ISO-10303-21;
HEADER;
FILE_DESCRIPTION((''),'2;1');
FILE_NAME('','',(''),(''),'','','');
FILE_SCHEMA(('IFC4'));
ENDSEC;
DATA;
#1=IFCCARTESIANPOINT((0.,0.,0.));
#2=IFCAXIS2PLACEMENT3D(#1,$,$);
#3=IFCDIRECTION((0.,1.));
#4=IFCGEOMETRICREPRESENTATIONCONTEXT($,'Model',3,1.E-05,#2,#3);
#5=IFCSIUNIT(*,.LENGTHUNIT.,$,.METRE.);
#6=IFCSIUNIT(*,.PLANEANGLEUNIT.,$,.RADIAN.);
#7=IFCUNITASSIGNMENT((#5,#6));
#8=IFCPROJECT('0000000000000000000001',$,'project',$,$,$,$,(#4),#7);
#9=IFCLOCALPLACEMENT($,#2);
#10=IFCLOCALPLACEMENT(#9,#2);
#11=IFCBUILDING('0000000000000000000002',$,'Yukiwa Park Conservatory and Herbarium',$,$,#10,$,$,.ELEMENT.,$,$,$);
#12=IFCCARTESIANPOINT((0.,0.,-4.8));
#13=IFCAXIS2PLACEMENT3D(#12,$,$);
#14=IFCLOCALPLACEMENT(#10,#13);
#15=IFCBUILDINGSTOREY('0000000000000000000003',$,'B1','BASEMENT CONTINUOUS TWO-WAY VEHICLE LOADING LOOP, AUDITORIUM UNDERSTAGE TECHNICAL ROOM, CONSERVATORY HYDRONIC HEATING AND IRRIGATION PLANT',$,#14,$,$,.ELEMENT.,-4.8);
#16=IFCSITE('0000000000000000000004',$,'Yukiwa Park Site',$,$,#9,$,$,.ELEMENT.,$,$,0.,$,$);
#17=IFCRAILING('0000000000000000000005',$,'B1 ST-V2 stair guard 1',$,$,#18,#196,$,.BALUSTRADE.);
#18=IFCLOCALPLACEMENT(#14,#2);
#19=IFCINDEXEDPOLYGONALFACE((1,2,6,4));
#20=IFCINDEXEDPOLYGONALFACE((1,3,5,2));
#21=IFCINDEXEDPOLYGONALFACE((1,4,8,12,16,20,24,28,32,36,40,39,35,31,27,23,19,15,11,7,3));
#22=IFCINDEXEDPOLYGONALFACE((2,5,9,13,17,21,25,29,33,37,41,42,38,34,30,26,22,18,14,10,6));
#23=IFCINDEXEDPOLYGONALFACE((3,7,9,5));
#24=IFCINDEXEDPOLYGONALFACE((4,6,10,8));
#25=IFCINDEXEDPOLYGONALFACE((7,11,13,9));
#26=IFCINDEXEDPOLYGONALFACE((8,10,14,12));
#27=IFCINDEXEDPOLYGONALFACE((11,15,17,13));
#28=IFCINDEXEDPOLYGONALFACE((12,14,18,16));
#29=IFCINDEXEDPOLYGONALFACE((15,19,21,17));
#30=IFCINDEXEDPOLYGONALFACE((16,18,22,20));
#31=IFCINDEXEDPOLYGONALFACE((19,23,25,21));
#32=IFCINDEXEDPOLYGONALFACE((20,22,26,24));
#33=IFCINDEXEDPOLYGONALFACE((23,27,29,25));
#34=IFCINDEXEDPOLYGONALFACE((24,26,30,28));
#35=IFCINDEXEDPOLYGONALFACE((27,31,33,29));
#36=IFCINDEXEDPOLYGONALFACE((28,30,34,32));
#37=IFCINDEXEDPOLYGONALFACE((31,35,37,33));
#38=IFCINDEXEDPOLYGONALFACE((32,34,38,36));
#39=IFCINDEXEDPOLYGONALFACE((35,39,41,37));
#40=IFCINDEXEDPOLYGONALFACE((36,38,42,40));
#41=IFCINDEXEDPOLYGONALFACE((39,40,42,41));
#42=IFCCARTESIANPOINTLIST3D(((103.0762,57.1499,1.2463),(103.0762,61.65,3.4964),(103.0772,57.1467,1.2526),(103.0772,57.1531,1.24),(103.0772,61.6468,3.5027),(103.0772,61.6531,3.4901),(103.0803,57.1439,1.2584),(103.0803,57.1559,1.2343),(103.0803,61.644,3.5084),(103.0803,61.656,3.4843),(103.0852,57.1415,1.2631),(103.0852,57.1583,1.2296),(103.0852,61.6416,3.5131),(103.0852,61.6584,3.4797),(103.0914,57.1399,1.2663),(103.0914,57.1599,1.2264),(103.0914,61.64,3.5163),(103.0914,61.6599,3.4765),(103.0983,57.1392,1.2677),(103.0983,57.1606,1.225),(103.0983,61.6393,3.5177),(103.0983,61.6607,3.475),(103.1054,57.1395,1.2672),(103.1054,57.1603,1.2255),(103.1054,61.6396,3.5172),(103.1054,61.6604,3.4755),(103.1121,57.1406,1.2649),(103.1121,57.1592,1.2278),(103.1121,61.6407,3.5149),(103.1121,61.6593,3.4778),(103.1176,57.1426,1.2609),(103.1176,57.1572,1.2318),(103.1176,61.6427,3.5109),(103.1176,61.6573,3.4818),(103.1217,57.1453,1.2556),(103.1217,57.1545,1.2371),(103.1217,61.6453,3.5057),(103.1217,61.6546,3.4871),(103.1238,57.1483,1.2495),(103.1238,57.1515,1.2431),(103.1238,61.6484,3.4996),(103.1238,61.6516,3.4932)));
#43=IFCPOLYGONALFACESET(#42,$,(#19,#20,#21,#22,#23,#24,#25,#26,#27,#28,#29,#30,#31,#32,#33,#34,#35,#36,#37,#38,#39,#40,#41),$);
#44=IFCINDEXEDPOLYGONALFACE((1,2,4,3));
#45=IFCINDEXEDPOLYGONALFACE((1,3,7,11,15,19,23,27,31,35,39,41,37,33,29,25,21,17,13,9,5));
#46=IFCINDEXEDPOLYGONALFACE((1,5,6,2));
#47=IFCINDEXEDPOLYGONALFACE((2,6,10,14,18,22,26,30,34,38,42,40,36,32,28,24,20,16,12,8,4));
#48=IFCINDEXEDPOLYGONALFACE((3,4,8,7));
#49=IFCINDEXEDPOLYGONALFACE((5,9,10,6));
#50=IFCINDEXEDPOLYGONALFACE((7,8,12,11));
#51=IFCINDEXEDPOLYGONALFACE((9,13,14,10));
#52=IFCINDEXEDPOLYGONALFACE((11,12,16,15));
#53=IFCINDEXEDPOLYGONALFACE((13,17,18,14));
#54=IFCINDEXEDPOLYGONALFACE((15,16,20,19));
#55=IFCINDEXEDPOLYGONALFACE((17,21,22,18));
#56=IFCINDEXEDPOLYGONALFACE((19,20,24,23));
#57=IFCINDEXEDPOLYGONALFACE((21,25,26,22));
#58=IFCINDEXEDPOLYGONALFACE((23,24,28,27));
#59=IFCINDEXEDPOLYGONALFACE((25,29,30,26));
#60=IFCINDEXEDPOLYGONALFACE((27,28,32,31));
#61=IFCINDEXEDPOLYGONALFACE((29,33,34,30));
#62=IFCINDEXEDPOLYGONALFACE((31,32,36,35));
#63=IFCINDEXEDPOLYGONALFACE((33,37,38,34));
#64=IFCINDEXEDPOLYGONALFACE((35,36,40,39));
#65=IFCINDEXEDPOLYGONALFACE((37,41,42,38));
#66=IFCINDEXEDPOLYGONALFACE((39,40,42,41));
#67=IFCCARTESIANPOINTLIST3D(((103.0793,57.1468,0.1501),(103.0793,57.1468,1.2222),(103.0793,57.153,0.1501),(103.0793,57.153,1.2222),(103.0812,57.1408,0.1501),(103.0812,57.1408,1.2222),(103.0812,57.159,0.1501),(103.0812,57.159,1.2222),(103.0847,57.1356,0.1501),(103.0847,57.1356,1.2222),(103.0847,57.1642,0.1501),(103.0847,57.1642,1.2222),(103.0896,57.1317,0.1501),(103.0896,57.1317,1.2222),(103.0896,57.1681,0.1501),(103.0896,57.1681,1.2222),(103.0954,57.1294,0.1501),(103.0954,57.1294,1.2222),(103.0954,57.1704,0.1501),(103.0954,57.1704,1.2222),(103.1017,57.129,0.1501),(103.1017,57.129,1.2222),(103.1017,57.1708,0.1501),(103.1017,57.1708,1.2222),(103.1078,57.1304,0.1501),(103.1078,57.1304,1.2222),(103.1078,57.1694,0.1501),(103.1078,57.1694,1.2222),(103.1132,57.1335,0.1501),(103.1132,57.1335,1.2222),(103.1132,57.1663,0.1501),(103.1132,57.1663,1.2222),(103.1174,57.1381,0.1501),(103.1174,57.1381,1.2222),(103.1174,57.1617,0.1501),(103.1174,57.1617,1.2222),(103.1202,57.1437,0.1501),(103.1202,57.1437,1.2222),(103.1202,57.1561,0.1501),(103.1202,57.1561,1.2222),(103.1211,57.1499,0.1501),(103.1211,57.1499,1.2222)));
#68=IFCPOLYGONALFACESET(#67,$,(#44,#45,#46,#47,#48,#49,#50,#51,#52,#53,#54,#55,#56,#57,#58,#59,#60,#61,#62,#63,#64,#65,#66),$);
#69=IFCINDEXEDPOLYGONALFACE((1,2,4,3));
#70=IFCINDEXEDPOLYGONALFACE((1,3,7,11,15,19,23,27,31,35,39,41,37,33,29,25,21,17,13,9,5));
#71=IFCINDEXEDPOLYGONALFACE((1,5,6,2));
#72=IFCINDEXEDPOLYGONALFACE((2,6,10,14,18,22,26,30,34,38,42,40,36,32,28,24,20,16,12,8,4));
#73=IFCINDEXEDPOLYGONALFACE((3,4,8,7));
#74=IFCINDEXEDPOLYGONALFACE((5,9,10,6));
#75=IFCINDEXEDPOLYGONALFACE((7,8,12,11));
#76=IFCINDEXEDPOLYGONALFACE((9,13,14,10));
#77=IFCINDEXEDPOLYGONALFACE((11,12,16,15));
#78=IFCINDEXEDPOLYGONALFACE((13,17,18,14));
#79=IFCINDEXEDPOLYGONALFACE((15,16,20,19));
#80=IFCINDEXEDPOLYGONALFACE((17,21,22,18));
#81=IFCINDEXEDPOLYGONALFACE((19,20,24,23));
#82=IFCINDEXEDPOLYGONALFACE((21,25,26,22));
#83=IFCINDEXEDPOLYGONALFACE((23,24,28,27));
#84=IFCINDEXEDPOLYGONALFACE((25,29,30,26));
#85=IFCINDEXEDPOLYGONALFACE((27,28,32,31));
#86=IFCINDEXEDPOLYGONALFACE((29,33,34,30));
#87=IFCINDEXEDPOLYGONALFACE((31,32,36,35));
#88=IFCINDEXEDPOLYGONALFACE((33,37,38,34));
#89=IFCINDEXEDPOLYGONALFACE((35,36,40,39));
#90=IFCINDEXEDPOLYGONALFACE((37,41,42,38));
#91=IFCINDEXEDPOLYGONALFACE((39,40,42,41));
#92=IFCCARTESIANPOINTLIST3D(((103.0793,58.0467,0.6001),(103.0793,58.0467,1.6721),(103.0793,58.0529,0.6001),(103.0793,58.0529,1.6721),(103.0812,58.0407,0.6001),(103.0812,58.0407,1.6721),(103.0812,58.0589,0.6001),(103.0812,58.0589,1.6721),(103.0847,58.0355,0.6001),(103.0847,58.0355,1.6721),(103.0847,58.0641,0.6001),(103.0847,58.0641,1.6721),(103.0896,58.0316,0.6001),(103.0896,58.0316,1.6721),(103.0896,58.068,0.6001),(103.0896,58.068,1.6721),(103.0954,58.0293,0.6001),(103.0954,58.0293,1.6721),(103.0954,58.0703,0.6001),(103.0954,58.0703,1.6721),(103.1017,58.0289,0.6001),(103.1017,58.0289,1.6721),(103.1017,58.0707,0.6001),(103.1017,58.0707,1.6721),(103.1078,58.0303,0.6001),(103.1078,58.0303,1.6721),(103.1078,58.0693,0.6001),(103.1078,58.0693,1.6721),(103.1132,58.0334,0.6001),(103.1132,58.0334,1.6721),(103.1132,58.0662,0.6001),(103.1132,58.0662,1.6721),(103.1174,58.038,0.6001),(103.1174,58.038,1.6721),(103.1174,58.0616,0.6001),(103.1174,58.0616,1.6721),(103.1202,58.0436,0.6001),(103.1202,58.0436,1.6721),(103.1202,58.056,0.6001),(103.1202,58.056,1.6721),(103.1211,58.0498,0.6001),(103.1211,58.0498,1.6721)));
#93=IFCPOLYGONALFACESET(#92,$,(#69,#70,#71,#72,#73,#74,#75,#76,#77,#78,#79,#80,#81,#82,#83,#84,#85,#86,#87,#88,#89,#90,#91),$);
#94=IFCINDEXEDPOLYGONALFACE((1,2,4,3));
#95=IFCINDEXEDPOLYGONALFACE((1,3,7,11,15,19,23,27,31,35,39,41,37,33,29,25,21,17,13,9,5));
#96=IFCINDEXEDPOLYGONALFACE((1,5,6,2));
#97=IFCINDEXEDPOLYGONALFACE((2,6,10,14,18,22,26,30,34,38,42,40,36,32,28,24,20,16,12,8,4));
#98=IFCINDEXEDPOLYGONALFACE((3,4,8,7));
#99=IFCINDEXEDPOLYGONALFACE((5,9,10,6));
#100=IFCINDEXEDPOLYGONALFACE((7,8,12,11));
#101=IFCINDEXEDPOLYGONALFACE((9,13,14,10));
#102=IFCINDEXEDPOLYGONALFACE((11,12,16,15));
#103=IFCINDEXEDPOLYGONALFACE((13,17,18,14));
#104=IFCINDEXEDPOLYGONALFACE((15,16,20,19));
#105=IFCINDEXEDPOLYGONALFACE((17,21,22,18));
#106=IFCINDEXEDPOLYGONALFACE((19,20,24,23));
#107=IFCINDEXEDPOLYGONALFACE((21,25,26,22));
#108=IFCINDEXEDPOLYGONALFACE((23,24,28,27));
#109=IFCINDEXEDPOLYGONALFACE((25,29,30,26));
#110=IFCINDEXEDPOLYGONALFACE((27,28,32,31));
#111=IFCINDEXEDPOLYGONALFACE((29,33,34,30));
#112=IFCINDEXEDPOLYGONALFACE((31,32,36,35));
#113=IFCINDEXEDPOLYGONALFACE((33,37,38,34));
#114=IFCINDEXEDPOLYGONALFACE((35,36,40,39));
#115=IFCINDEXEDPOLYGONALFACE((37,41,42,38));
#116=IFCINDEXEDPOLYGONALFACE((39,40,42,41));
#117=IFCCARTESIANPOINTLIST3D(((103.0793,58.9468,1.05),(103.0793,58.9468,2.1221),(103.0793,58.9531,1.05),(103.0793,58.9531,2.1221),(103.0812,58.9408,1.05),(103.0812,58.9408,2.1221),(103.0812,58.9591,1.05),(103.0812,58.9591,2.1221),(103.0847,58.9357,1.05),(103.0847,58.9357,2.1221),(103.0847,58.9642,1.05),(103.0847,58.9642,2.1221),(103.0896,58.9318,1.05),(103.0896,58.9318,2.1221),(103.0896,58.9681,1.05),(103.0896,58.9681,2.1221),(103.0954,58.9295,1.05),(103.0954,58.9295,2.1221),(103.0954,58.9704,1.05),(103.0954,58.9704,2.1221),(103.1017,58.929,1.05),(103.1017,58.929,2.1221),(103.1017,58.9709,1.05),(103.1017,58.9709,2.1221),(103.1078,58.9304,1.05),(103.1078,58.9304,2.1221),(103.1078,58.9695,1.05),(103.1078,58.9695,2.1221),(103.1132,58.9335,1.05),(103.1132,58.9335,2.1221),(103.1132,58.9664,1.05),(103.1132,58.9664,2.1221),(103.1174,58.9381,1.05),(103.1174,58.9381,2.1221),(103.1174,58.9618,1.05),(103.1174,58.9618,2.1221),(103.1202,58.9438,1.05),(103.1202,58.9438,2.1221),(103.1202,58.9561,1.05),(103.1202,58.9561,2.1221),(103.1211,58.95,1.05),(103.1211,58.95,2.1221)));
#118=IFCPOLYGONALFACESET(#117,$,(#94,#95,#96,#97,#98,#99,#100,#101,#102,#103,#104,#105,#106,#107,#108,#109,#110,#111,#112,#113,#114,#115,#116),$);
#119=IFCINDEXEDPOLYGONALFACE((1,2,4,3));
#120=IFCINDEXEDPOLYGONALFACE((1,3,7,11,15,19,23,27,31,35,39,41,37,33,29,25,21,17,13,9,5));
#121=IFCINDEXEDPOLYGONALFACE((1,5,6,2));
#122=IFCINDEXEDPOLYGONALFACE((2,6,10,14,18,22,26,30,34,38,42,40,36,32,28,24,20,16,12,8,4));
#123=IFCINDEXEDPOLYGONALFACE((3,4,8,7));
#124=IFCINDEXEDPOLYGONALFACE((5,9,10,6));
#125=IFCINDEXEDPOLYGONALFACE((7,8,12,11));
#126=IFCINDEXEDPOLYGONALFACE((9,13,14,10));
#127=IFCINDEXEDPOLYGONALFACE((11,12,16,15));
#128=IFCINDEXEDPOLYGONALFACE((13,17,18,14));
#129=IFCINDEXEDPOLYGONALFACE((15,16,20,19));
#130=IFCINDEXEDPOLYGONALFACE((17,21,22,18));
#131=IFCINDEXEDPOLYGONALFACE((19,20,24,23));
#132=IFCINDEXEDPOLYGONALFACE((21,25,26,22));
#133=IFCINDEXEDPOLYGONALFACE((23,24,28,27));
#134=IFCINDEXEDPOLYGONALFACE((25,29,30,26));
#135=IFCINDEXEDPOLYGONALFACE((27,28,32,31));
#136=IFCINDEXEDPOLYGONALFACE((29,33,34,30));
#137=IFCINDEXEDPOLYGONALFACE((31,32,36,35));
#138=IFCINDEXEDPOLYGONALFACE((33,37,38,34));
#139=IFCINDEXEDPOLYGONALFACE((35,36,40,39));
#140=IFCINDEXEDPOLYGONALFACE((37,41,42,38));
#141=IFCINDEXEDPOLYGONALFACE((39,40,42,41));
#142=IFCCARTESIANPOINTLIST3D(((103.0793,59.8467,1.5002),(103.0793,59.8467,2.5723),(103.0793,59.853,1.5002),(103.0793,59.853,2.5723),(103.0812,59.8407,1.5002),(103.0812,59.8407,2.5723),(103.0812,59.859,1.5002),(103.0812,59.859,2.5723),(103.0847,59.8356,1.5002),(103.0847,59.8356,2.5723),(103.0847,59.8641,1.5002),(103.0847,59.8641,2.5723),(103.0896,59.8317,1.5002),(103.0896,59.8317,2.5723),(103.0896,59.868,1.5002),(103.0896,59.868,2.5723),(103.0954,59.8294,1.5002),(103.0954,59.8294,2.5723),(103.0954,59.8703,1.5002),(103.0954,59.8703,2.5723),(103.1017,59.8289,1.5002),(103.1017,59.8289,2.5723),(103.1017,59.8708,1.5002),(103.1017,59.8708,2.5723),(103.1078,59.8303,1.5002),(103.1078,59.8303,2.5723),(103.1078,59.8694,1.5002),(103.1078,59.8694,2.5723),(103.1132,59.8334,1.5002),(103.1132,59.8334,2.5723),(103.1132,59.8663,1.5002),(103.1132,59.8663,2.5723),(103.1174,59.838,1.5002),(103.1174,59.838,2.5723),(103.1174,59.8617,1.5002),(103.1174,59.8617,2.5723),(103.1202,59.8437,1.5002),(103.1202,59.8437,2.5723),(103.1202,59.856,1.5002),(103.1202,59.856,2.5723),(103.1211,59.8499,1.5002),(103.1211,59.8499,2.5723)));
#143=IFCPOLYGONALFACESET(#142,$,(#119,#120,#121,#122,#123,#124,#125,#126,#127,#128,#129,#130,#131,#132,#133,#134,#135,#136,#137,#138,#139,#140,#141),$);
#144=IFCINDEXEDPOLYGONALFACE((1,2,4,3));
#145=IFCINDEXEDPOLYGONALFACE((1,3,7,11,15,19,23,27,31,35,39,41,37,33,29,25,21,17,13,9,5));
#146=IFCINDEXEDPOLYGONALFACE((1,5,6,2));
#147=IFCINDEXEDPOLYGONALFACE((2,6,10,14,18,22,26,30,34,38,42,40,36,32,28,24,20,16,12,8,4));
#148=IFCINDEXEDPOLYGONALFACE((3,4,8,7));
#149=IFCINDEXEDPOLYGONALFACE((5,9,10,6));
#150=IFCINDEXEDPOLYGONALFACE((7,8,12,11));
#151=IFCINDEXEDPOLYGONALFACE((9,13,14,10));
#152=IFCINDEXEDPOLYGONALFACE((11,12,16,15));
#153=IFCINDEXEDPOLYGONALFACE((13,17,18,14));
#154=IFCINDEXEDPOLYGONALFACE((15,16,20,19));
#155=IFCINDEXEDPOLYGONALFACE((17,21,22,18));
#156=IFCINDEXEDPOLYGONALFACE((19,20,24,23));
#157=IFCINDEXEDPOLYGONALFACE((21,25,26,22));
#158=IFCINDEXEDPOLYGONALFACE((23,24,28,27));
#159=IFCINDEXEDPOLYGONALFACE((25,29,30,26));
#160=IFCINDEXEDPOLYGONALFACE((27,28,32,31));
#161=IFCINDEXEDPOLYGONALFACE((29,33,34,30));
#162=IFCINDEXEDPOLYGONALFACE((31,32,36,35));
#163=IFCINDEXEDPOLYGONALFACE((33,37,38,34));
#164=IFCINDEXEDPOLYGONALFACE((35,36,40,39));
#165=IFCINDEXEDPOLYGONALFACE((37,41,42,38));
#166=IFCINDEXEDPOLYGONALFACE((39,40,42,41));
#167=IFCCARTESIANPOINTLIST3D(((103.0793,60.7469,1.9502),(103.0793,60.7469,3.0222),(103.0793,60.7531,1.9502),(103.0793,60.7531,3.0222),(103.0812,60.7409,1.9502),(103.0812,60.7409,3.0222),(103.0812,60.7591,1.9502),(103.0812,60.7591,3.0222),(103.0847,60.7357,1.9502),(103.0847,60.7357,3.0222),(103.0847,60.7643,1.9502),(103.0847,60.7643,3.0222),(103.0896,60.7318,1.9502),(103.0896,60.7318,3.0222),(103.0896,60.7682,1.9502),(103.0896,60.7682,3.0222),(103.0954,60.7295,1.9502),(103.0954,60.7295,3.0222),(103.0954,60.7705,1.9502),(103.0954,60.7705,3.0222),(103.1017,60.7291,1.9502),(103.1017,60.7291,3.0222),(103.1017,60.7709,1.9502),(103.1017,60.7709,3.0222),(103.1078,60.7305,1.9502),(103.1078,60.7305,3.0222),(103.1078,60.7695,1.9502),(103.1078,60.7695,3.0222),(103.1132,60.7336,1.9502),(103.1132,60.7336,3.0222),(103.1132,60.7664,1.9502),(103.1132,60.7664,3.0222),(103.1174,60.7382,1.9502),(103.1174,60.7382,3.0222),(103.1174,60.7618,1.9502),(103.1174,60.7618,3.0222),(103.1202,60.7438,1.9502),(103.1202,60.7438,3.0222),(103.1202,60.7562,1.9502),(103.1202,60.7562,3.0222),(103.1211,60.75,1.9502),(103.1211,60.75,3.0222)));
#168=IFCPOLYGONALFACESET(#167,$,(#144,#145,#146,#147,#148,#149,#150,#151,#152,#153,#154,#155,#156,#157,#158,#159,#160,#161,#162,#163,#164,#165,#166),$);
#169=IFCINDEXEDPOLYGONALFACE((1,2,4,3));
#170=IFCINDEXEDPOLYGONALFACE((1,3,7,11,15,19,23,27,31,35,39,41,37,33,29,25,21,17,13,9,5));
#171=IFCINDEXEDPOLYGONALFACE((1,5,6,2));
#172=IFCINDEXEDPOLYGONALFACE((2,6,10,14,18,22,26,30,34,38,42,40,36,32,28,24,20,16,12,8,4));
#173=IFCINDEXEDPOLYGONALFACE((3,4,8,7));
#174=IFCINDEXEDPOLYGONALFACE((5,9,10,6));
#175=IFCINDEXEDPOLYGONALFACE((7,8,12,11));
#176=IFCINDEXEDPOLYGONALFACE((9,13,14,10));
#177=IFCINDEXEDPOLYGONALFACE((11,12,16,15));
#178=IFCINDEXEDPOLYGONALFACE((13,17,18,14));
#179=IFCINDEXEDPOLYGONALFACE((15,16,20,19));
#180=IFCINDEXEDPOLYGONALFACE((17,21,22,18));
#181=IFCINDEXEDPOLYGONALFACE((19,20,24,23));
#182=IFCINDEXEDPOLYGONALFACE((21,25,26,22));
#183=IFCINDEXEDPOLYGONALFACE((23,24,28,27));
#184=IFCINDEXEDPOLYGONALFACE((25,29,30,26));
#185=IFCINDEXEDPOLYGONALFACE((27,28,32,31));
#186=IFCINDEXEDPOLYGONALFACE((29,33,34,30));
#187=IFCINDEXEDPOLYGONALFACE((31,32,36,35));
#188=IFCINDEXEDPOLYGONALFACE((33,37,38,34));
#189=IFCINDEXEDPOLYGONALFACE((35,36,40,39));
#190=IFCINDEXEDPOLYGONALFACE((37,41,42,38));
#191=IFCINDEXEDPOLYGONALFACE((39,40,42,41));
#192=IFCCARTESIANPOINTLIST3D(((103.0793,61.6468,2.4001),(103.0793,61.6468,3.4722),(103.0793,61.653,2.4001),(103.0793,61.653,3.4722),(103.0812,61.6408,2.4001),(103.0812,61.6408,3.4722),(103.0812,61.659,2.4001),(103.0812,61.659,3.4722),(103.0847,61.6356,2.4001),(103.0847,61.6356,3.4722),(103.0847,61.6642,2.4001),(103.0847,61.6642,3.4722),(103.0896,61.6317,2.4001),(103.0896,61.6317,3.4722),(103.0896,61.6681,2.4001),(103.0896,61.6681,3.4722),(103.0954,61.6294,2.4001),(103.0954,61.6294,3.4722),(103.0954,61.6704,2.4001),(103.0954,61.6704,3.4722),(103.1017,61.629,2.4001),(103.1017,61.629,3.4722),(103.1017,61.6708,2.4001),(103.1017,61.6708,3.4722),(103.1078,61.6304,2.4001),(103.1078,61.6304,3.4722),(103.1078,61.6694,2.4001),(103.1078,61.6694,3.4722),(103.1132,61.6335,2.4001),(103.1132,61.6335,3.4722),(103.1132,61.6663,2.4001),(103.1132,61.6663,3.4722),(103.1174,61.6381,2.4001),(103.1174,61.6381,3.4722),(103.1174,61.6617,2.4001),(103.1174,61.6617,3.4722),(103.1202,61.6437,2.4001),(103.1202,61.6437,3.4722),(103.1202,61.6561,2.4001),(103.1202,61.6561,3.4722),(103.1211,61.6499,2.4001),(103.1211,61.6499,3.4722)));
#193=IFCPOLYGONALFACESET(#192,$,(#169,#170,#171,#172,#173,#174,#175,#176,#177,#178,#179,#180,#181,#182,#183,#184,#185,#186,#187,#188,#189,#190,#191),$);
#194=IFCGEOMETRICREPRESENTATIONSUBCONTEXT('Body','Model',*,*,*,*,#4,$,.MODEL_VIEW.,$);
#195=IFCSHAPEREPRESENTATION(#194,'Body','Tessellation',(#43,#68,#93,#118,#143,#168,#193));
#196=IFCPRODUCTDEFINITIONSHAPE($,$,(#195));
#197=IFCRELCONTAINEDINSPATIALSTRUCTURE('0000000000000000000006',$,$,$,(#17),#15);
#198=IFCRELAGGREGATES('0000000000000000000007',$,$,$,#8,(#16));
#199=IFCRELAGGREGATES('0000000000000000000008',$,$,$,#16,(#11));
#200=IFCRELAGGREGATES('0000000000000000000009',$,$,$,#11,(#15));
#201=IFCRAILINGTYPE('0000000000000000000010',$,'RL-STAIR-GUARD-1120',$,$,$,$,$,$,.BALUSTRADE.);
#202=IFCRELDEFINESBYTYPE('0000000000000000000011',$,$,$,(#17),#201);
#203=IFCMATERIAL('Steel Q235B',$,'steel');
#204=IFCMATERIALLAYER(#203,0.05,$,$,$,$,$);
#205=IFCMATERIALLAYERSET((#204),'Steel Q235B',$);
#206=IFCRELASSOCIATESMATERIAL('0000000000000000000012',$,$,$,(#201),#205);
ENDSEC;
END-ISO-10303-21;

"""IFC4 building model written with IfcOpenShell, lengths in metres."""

from ifc_helpers import new_model, si_unit, direction, frame, origin, origin_2d, place, context, subcontext, project, spatial, circle, extrude, material, layer, layer_set, type_object, element, save


model = new_model("IFC4")

# Units and contexts
model_context = context("Model", 3, precision=1e-05, world=origin(), true_north=direction((0.0, 1.0)))
body_context = subcontext(model_context, "Body", "Model", "MODEL_VIEW")
ifc_project = project(units=[si_unit("LENGTHUNIT", "METRE"), si_unit("PLANEANGLEUNIT", "RADIAN")], contexts=[model_context])

# Site, building, storey
site_placement = place(None, origin())
site = spatial("IfcSite", under=ifc_project, at=site_placement, Name="Yukiwa Park Site", CompositionType="ELEMENT", RefElevation=0.0)
building_placement = place(site_placement, origin())
building = spatial("IfcBuilding", under=site, at=building_placement, Name="Yukiwa Park Conservatory and Herbarium", CompositionType="ELEMENT")
storey_placement = place(building_placement, frame((0.0, 0.0, -4.8)))
storey = spatial("IfcBuildingStorey", under=building, at=storey_placement, Name="B1", Description="BASEMENT CONTINUOUS TWO-WAY VEHICLE LOADING LOOP, AUDITORIUM UNDERSTAGE TECHNICAL ROOM, CONSERVATORY HYDRONIC HEATING AND IRRIGATION PLANT", CompositionType="ELEMENT", Elevation=-4.8)

# Railing
ifc_material_1 = material(Name="Steel Q235B", Category="steel")
ifc_layer_1 = layer(ifc_material_1, 0.05)
ifc_layer_set_1 = layer_set([ifc_layer_1], Name="Steel Q235B")
railing_type_1 = type_object("IfcRailingType", Name="RL-STAIR-GUARD-1120", PredefinedType="BALUSTRADE", material=ifc_layer_set_1)
railing_1_placement = place(storey_placement, frame((103.1001, 57.1499, 0.1501)))
element("IfcRailing", 1, at=railing_1_placement, inside=storey, type_object=railing_type_1, Name="B1 ST-V2 stair guard 1", PredefinedType="BALUSTRADE", context=body_context, shape_type="SweptSolid", body=[
    extrude(circle(Radius=0.0239, at=origin_2d()), frame((0.0, 0.0, 1.0962), z_axis=(0.0, 0.894427, 0.447214), x_axis=(-1.0, 0.0, 0.0)), (0.0, 0.0, 1.0), 5.0312),
    extrude(circle(Radius=0.021, at=origin_2d()), origin(), (0.0, 0.0, 1.0), 1.072),
    extrude(circle(Radius=0.021, at=origin_2d()), frame((0.0, 0.8999, 0.45)), (0.0, 0.0, 1.0), 1.072),
    extrude(circle(Radius=0.021, at=origin_2d()), frame((0.0, 1.8, 0.8999)), (0.0, 0.0, 1.0), 1.072),
    extrude(circle(Radius=0.021, at=origin_2d()), frame((0.0, 2.7, 1.3501)), (0.0, 0.0, 1.0), 1.072),
    extrude(circle(Radius=0.021, at=origin_2d()), frame((0.0, 3.6001, 1.8)), (0.0, 0.0, 1.0), 1.072),
    extrude(circle(Radius=0.021, at=origin_2d()), frame((0.0, 4.5, 2.25)), (0.0, 0.0, 1.0), 1.072),
])

save(model, "model.ifc")
